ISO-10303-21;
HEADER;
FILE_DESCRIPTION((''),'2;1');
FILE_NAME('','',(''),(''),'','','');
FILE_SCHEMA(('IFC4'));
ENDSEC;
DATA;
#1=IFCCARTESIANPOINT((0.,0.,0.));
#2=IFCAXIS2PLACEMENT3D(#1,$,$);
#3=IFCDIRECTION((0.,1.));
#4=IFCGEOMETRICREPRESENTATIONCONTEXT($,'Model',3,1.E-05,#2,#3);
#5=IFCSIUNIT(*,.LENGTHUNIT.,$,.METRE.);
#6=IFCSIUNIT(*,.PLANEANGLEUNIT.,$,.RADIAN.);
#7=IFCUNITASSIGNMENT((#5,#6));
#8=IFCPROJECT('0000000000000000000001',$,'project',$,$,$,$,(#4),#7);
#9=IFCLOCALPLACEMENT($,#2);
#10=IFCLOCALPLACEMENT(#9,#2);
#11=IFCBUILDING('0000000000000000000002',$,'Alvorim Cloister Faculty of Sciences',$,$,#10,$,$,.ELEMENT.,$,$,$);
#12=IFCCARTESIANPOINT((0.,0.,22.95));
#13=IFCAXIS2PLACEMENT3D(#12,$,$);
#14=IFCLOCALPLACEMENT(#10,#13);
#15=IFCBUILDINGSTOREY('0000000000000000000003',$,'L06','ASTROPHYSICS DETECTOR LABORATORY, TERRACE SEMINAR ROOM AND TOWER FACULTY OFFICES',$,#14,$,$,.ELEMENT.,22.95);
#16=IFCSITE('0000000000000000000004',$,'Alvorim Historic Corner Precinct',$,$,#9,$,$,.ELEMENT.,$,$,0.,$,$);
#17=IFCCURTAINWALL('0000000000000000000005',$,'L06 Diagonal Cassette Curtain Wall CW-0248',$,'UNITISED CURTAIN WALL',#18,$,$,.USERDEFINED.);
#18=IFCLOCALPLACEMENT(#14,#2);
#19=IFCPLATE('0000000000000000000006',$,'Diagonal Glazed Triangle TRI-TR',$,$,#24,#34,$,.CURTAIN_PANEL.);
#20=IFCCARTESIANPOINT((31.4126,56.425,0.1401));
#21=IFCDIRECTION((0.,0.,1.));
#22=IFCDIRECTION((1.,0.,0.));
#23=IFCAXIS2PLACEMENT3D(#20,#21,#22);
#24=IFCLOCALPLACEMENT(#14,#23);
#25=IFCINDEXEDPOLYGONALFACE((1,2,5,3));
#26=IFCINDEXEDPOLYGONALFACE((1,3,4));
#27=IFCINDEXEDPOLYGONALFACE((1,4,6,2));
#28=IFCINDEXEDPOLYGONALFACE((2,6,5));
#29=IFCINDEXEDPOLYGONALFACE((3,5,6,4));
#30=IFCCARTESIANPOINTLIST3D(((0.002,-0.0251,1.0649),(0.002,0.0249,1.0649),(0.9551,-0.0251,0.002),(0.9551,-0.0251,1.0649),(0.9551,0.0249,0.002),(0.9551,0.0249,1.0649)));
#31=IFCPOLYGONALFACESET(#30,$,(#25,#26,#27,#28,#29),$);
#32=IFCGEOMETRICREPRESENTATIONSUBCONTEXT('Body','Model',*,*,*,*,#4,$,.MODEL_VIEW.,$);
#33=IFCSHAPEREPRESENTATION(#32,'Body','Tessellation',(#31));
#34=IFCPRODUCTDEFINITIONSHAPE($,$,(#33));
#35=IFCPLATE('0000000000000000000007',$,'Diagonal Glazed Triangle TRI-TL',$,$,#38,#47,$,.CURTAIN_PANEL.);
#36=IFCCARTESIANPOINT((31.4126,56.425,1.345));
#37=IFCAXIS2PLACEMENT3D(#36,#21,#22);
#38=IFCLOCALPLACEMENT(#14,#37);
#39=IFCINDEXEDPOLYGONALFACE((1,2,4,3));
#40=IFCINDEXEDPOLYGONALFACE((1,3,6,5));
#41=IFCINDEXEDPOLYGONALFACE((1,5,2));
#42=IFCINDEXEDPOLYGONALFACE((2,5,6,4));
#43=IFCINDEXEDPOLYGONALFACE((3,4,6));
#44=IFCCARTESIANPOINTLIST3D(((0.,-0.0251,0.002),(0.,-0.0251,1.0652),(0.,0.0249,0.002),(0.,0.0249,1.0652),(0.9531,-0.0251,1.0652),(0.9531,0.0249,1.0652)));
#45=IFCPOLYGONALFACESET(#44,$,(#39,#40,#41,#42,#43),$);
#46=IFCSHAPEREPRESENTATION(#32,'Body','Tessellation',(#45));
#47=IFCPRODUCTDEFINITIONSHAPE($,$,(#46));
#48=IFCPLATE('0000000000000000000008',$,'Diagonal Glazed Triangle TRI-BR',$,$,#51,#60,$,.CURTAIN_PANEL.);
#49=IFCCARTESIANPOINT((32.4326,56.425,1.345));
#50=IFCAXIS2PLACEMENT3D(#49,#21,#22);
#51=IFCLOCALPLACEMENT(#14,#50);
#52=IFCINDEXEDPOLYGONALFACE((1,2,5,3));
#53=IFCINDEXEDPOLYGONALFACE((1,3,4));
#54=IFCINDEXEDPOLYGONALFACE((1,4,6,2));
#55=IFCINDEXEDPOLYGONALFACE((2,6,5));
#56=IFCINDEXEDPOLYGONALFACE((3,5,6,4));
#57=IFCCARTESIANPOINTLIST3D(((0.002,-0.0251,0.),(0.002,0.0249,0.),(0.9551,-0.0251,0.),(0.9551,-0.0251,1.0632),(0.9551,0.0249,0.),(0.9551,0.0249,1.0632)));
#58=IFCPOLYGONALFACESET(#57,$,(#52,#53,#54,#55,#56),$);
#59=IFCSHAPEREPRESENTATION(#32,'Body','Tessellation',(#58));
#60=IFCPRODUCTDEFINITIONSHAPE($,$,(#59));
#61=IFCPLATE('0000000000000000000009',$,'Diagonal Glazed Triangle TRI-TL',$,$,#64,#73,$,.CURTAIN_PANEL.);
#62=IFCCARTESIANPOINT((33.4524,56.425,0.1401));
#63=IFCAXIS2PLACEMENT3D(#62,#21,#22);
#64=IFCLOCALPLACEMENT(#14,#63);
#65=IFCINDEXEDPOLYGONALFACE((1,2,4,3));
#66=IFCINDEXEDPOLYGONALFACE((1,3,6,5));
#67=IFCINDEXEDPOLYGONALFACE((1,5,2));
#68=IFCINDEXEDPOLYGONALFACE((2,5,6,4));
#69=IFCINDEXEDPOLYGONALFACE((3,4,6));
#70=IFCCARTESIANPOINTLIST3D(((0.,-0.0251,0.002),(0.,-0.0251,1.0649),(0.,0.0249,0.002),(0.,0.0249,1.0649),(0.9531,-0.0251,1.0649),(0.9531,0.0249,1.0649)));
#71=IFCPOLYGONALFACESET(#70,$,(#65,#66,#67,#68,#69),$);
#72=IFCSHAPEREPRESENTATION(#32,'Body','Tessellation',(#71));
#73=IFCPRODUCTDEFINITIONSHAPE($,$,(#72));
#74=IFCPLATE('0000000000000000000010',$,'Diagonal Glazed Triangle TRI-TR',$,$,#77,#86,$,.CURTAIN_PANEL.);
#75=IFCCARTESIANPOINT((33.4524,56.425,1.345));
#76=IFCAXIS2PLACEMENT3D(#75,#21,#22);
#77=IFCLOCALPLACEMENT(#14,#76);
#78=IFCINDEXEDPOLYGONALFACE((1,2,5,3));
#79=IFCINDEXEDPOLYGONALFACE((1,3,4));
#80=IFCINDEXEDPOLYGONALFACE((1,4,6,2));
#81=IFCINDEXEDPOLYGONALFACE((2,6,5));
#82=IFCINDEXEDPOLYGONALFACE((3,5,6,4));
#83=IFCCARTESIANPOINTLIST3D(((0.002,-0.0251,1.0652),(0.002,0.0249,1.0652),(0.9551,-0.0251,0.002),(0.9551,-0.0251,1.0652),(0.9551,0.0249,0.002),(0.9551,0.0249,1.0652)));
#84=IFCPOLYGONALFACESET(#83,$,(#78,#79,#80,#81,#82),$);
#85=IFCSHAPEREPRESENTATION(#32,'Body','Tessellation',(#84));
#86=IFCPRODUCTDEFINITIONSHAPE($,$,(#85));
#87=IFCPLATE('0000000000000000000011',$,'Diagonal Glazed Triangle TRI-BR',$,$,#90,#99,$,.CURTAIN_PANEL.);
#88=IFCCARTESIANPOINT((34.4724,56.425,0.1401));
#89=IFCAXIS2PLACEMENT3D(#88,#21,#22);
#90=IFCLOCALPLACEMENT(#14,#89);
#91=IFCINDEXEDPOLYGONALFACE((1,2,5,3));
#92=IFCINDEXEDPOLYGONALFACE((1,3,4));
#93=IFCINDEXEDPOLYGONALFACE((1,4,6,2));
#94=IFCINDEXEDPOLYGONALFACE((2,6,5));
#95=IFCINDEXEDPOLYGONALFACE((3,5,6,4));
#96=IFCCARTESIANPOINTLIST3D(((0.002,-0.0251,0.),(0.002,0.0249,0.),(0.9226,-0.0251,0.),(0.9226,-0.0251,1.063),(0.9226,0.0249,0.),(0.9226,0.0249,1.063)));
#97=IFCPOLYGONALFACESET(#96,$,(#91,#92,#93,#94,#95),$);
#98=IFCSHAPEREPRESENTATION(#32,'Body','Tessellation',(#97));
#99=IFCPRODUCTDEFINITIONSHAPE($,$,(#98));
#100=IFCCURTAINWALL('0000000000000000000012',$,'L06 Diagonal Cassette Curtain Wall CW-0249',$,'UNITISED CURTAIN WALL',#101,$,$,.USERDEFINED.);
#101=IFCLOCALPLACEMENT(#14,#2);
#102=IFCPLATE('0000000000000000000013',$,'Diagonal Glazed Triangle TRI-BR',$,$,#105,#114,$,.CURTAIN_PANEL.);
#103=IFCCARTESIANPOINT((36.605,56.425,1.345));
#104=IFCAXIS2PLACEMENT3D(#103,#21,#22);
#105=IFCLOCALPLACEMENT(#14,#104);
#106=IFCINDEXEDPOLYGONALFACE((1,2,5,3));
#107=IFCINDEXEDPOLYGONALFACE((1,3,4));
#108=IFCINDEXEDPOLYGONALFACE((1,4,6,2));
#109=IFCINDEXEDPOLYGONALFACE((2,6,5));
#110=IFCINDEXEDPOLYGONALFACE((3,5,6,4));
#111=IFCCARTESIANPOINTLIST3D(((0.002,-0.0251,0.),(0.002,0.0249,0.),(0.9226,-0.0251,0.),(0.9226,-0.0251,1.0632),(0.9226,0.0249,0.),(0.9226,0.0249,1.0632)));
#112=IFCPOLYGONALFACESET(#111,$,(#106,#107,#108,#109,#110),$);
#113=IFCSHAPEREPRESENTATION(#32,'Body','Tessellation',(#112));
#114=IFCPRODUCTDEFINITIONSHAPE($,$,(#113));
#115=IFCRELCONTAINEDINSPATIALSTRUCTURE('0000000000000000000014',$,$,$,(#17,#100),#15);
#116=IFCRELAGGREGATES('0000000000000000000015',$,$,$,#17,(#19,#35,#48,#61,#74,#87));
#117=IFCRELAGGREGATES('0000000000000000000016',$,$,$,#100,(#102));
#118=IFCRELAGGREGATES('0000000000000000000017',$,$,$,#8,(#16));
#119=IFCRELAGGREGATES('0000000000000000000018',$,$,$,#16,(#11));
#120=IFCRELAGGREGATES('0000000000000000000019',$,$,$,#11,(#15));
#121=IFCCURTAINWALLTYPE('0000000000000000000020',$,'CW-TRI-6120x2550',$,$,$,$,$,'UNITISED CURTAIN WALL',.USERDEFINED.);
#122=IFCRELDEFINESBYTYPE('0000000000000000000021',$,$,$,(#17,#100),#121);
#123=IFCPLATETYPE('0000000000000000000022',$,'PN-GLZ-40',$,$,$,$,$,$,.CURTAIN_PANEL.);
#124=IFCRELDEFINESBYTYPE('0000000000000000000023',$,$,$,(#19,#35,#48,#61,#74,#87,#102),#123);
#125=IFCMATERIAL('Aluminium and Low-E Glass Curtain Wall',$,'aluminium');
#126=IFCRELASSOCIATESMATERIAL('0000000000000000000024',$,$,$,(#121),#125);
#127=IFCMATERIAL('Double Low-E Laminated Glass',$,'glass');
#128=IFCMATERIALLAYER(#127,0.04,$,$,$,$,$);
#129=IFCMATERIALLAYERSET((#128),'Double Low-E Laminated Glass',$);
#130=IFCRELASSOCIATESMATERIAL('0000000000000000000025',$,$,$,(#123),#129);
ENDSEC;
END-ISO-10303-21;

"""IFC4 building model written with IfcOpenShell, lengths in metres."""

from ifc_helpers import new_model, si_unit, direction, frame, origin, place, context, subcontext, project, spatial, polyline, outline, extrude, material, layer, layer_set, type_object, element, aggregate, save


model = new_model("IFC4")

# Units and contexts
model_context = context("Model", 3, precision=1e-05, world=origin(), true_north=direction((0.0, 1.0)))
body_context = subcontext(model_context, "Body", "Model", "MODEL_VIEW")
ifc_project = project(units=[si_unit("LENGTHUNIT", "METRE"), si_unit("PLANEANGLEUNIT", "RADIAN")], contexts=[model_context])

# Site, building, storey
site_placement = place(None, origin())
site = spatial("IfcSite", under=ifc_project, at=site_placement, Name="Alvorim Historic Corner Precinct", CompositionType="ELEMENT", RefElevation=0.0)
building_placement = place(site_placement, origin())
building = spatial("IfcBuilding", under=site, at=building_placement, Name="Alvorim Cloister Faculty of Sciences", CompositionType="ELEMENT")
storey_placement = place(building_placement, frame((0.0, 0.0, 22.95)))
storey = spatial("IfcBuildingStorey", under=building, at=storey_placement, Name="L06", Description="ASTROPHYSICS DETECTOR LABORATORY, TERRACE SEMINAR ROOM AND TOWER FACULTY OFFICES", CompositionType="ELEMENT", Elevation=22.95)

# Curtain walls, plates
ifc_material_1 = material(Name="Aluminium and Low-E Glass Curtain Wall", Category="aluminium")
curtain_wall_type = type_object("IfcCurtainWallType", Name="CW-TRI-6120x2550", ElementType="UNITISED CURTAIN WALL", PredefinedType="USERDEFINED", material=ifc_material_1)
curtain_wall_1_placement = place(storey_placement, origin())
curtain_wall_1 = element("IfcCurtainWall", 1, at=curtain_wall_1_placement, inside=storey, type_object=curtain_wall_type, Name="L06 Diagonal Cassette Curtain Wall CW-0248", ObjectType="UNITISED CURTAIN WALL", PredefinedType="USERDEFINED")
ifc_material_2 = material(Name="Double Low-E Laminated Glass", Category="glass")
ifc_layer_1 = layer(ifc_material_2, 0.04)
ifc_layer_set_1 = layer_set([ifc_layer_1], Name="Double Low-E Laminated Glass")
plate_type = type_object("IfcPlateType", Name="PN-GLZ-40", PredefinedType="CURTAIN_PANEL", material=ifc_layer_set_1)
plate_1_placement = place(storey_placement, frame((31.4126, 56.425, 0.1401), z_axis=(0.0, 0.0, 1.0), x_axis=(1.0, 0.0, 0.0)))
plate_1 = element("IfcPlate", 2, at=plate_1_placement, type_object=plate_type, Name="Diagonal Glazed Triangle TRI-TR", PredefinedType="CURTAIN_PANEL", context=body_context, shape_type="SweptSolid", body=[
    extrude(outline(polyline([(0.9551, 0.002), (0.9551, 1.0649), (0.002, 1.0649), (0.9551, 0.002)])), frame((0.0, 0.0249, 0.0), z_axis=(0.0, -1.0, 0.0), x_axis=(1.0, 0.0, 0.0)), (0.0, 0.0, 1.0), 0.05),
])
plate_2_placement = place(storey_placement, frame((31.4126, 56.425, 1.345), z_axis=(0.0, 0.0, 1.0), x_axis=(1.0, 0.0, 0.0)))
plate_2 = element("IfcPlate", 3, at=plate_2_placement, type_object=plate_type, Name="Diagonal Glazed Triangle TRI-TL", PredefinedType="CURTAIN_PANEL", context=body_context, shape_type="SweptSolid", body=[
    extrude(outline(polyline([(0.9531, 1.0652), (0.0, 1.0652), (0.0, 0.002), (0.9531, 1.0652)])), frame((0.0, 0.0249, 0.0), z_axis=(0.0, -1.0, 0.0), x_axis=(1.0, 0.0, 0.0)), (0.0, 0.0, 1.0), 0.05),
])
plate_3_placement = place(storey_placement, frame((32.4326, 56.425, 1.345), z_axis=(0.0, 0.0, 1.0), x_axis=(1.0, 0.0, 0.0)))
plate_3 = element("IfcPlate", 4, at=plate_3_placement, type_object=plate_type, Name="Diagonal Glazed Triangle TRI-BR", PredefinedType="CURTAIN_PANEL", context=body_context, shape_type="SweptSolid", body=[
    extrude(outline(polyline([(0.002, 0.0), (0.9551, 0.0), (0.9551, 1.0632), (0.002, 0.0)])), frame((0.0, 0.0249, 0.0), z_axis=(0.0, -1.0, 0.0), x_axis=(1.0, 0.0, 0.0)), (0.0, 0.0, 1.0), 0.05),
])
plate_4_placement = place(storey_placement, frame((33.4524, 56.425, 0.1401), z_axis=(0.0, 0.0, 1.0), x_axis=(1.0, 0.0, 0.0)))
plate_4 = element("IfcPlate", 5, at=plate_4_placement, type_object=plate_type, Name="Diagonal Glazed Triangle TRI-TL", PredefinedType="CURTAIN_PANEL", context=body_context, shape_type="SweptSolid", body=[
    extrude(outline(polyline([(0.9531, 1.0649), (0.0, 1.0649), (0.0, 0.002), (0.9531, 1.0649)])), frame((0.0, 0.0249, 0.0), z_axis=(0.0, -1.0, 0.0), x_axis=(1.0, 0.0, 0.0)), (0.0, 0.0, 1.0), 0.05),
])
plate_5_placement = place(storey_placement, frame((33.4524, 56.425, 1.345), z_axis=(0.0, 0.0, 1.0), x_axis=(1.0, 0.0, 0.0)))
plate_5 = element("IfcPlate", 6, at=plate_5_placement, type_object=plate_type, Name="Diagonal Glazed Triangle TRI-TR", PredefinedType="CURTAIN_PANEL", context=body_context, shape_type="SweptSolid", body=[
    extrude(outline(polyline([(0.9551, 0.002), (0.9551, 1.0652), (0.002, 1.0652), (0.9551, 0.002)])), frame((0.0, 0.0249, 0.0), z_axis=(0.0, -1.0, 0.0), x_axis=(1.0, 0.0, 0.0)), (0.0, 0.0, 1.0), 0.05),
])
plate_6_placement = place(storey_placement, frame((34.4724, 56.425, 0.1401), z_axis=(0.0, 0.0, 1.0), x_axis=(1.0, 0.0, 0.0)))
plate_6 = element("IfcPlate", 7, at=plate_6_placement, type_object=plate_type, Name="Diagonal Glazed Triangle TRI-BR", PredefinedType="CURTAIN_PANEL", context=body_context, shape_type="SweptSolid", body=[
    extrude(outline(polyline([(0.002, 0.0), (0.9226, 0.0), (0.9226, 1.063), (0.002, 0.0)])), frame((0.0, 0.0249, 0.0), z_axis=(0.0, -1.0, 0.0), x_axis=(1.0, 0.0, 0.0)), (0.0, 0.0, 1.0), 0.05),
])
aggregate(curtain_wall_1, [plate_1, plate_2, plate_3, plate_4, plate_5, plate_6])
curtain_wall_2_placement = place(storey_placement, origin())
curtain_wall_2 = element("IfcCurtainWall", 8, at=curtain_wall_2_placement, inside=storey, type_object=curtain_wall_type, Name="L06 Diagonal Cassette Curtain Wall CW-0249", ObjectType="UNITISED CURTAIN WALL", PredefinedType="USERDEFINED")
plate_7_placement = place(storey_placement, frame((36.605, 56.425, 1.345), z_axis=(0.0, 0.0, 1.0), x_axis=(1.0, 0.0, 0.0)))
plate_7 = element("IfcPlate", 9, at=plate_7_placement, type_object=plate_type, Name="Diagonal Glazed Triangle TRI-BR", PredefinedType="CURTAIN_PANEL", context=body_context, shape_type="SweptSolid", body=[
    extrude(outline(polyline([(0.002, 0.0), (0.9226, 0.0), (0.9226, 1.0632), (0.002, 0.0)])), frame((0.0, 0.0249, 0.0), z_axis=(0.0, -1.0, 0.0), x_axis=(1.0, 0.0, 0.0)), (0.0, 0.0, 1.0), 0.05),
])
aggregate(curtain_wall_2, [plate_7])

save(model, "model.ifc")
